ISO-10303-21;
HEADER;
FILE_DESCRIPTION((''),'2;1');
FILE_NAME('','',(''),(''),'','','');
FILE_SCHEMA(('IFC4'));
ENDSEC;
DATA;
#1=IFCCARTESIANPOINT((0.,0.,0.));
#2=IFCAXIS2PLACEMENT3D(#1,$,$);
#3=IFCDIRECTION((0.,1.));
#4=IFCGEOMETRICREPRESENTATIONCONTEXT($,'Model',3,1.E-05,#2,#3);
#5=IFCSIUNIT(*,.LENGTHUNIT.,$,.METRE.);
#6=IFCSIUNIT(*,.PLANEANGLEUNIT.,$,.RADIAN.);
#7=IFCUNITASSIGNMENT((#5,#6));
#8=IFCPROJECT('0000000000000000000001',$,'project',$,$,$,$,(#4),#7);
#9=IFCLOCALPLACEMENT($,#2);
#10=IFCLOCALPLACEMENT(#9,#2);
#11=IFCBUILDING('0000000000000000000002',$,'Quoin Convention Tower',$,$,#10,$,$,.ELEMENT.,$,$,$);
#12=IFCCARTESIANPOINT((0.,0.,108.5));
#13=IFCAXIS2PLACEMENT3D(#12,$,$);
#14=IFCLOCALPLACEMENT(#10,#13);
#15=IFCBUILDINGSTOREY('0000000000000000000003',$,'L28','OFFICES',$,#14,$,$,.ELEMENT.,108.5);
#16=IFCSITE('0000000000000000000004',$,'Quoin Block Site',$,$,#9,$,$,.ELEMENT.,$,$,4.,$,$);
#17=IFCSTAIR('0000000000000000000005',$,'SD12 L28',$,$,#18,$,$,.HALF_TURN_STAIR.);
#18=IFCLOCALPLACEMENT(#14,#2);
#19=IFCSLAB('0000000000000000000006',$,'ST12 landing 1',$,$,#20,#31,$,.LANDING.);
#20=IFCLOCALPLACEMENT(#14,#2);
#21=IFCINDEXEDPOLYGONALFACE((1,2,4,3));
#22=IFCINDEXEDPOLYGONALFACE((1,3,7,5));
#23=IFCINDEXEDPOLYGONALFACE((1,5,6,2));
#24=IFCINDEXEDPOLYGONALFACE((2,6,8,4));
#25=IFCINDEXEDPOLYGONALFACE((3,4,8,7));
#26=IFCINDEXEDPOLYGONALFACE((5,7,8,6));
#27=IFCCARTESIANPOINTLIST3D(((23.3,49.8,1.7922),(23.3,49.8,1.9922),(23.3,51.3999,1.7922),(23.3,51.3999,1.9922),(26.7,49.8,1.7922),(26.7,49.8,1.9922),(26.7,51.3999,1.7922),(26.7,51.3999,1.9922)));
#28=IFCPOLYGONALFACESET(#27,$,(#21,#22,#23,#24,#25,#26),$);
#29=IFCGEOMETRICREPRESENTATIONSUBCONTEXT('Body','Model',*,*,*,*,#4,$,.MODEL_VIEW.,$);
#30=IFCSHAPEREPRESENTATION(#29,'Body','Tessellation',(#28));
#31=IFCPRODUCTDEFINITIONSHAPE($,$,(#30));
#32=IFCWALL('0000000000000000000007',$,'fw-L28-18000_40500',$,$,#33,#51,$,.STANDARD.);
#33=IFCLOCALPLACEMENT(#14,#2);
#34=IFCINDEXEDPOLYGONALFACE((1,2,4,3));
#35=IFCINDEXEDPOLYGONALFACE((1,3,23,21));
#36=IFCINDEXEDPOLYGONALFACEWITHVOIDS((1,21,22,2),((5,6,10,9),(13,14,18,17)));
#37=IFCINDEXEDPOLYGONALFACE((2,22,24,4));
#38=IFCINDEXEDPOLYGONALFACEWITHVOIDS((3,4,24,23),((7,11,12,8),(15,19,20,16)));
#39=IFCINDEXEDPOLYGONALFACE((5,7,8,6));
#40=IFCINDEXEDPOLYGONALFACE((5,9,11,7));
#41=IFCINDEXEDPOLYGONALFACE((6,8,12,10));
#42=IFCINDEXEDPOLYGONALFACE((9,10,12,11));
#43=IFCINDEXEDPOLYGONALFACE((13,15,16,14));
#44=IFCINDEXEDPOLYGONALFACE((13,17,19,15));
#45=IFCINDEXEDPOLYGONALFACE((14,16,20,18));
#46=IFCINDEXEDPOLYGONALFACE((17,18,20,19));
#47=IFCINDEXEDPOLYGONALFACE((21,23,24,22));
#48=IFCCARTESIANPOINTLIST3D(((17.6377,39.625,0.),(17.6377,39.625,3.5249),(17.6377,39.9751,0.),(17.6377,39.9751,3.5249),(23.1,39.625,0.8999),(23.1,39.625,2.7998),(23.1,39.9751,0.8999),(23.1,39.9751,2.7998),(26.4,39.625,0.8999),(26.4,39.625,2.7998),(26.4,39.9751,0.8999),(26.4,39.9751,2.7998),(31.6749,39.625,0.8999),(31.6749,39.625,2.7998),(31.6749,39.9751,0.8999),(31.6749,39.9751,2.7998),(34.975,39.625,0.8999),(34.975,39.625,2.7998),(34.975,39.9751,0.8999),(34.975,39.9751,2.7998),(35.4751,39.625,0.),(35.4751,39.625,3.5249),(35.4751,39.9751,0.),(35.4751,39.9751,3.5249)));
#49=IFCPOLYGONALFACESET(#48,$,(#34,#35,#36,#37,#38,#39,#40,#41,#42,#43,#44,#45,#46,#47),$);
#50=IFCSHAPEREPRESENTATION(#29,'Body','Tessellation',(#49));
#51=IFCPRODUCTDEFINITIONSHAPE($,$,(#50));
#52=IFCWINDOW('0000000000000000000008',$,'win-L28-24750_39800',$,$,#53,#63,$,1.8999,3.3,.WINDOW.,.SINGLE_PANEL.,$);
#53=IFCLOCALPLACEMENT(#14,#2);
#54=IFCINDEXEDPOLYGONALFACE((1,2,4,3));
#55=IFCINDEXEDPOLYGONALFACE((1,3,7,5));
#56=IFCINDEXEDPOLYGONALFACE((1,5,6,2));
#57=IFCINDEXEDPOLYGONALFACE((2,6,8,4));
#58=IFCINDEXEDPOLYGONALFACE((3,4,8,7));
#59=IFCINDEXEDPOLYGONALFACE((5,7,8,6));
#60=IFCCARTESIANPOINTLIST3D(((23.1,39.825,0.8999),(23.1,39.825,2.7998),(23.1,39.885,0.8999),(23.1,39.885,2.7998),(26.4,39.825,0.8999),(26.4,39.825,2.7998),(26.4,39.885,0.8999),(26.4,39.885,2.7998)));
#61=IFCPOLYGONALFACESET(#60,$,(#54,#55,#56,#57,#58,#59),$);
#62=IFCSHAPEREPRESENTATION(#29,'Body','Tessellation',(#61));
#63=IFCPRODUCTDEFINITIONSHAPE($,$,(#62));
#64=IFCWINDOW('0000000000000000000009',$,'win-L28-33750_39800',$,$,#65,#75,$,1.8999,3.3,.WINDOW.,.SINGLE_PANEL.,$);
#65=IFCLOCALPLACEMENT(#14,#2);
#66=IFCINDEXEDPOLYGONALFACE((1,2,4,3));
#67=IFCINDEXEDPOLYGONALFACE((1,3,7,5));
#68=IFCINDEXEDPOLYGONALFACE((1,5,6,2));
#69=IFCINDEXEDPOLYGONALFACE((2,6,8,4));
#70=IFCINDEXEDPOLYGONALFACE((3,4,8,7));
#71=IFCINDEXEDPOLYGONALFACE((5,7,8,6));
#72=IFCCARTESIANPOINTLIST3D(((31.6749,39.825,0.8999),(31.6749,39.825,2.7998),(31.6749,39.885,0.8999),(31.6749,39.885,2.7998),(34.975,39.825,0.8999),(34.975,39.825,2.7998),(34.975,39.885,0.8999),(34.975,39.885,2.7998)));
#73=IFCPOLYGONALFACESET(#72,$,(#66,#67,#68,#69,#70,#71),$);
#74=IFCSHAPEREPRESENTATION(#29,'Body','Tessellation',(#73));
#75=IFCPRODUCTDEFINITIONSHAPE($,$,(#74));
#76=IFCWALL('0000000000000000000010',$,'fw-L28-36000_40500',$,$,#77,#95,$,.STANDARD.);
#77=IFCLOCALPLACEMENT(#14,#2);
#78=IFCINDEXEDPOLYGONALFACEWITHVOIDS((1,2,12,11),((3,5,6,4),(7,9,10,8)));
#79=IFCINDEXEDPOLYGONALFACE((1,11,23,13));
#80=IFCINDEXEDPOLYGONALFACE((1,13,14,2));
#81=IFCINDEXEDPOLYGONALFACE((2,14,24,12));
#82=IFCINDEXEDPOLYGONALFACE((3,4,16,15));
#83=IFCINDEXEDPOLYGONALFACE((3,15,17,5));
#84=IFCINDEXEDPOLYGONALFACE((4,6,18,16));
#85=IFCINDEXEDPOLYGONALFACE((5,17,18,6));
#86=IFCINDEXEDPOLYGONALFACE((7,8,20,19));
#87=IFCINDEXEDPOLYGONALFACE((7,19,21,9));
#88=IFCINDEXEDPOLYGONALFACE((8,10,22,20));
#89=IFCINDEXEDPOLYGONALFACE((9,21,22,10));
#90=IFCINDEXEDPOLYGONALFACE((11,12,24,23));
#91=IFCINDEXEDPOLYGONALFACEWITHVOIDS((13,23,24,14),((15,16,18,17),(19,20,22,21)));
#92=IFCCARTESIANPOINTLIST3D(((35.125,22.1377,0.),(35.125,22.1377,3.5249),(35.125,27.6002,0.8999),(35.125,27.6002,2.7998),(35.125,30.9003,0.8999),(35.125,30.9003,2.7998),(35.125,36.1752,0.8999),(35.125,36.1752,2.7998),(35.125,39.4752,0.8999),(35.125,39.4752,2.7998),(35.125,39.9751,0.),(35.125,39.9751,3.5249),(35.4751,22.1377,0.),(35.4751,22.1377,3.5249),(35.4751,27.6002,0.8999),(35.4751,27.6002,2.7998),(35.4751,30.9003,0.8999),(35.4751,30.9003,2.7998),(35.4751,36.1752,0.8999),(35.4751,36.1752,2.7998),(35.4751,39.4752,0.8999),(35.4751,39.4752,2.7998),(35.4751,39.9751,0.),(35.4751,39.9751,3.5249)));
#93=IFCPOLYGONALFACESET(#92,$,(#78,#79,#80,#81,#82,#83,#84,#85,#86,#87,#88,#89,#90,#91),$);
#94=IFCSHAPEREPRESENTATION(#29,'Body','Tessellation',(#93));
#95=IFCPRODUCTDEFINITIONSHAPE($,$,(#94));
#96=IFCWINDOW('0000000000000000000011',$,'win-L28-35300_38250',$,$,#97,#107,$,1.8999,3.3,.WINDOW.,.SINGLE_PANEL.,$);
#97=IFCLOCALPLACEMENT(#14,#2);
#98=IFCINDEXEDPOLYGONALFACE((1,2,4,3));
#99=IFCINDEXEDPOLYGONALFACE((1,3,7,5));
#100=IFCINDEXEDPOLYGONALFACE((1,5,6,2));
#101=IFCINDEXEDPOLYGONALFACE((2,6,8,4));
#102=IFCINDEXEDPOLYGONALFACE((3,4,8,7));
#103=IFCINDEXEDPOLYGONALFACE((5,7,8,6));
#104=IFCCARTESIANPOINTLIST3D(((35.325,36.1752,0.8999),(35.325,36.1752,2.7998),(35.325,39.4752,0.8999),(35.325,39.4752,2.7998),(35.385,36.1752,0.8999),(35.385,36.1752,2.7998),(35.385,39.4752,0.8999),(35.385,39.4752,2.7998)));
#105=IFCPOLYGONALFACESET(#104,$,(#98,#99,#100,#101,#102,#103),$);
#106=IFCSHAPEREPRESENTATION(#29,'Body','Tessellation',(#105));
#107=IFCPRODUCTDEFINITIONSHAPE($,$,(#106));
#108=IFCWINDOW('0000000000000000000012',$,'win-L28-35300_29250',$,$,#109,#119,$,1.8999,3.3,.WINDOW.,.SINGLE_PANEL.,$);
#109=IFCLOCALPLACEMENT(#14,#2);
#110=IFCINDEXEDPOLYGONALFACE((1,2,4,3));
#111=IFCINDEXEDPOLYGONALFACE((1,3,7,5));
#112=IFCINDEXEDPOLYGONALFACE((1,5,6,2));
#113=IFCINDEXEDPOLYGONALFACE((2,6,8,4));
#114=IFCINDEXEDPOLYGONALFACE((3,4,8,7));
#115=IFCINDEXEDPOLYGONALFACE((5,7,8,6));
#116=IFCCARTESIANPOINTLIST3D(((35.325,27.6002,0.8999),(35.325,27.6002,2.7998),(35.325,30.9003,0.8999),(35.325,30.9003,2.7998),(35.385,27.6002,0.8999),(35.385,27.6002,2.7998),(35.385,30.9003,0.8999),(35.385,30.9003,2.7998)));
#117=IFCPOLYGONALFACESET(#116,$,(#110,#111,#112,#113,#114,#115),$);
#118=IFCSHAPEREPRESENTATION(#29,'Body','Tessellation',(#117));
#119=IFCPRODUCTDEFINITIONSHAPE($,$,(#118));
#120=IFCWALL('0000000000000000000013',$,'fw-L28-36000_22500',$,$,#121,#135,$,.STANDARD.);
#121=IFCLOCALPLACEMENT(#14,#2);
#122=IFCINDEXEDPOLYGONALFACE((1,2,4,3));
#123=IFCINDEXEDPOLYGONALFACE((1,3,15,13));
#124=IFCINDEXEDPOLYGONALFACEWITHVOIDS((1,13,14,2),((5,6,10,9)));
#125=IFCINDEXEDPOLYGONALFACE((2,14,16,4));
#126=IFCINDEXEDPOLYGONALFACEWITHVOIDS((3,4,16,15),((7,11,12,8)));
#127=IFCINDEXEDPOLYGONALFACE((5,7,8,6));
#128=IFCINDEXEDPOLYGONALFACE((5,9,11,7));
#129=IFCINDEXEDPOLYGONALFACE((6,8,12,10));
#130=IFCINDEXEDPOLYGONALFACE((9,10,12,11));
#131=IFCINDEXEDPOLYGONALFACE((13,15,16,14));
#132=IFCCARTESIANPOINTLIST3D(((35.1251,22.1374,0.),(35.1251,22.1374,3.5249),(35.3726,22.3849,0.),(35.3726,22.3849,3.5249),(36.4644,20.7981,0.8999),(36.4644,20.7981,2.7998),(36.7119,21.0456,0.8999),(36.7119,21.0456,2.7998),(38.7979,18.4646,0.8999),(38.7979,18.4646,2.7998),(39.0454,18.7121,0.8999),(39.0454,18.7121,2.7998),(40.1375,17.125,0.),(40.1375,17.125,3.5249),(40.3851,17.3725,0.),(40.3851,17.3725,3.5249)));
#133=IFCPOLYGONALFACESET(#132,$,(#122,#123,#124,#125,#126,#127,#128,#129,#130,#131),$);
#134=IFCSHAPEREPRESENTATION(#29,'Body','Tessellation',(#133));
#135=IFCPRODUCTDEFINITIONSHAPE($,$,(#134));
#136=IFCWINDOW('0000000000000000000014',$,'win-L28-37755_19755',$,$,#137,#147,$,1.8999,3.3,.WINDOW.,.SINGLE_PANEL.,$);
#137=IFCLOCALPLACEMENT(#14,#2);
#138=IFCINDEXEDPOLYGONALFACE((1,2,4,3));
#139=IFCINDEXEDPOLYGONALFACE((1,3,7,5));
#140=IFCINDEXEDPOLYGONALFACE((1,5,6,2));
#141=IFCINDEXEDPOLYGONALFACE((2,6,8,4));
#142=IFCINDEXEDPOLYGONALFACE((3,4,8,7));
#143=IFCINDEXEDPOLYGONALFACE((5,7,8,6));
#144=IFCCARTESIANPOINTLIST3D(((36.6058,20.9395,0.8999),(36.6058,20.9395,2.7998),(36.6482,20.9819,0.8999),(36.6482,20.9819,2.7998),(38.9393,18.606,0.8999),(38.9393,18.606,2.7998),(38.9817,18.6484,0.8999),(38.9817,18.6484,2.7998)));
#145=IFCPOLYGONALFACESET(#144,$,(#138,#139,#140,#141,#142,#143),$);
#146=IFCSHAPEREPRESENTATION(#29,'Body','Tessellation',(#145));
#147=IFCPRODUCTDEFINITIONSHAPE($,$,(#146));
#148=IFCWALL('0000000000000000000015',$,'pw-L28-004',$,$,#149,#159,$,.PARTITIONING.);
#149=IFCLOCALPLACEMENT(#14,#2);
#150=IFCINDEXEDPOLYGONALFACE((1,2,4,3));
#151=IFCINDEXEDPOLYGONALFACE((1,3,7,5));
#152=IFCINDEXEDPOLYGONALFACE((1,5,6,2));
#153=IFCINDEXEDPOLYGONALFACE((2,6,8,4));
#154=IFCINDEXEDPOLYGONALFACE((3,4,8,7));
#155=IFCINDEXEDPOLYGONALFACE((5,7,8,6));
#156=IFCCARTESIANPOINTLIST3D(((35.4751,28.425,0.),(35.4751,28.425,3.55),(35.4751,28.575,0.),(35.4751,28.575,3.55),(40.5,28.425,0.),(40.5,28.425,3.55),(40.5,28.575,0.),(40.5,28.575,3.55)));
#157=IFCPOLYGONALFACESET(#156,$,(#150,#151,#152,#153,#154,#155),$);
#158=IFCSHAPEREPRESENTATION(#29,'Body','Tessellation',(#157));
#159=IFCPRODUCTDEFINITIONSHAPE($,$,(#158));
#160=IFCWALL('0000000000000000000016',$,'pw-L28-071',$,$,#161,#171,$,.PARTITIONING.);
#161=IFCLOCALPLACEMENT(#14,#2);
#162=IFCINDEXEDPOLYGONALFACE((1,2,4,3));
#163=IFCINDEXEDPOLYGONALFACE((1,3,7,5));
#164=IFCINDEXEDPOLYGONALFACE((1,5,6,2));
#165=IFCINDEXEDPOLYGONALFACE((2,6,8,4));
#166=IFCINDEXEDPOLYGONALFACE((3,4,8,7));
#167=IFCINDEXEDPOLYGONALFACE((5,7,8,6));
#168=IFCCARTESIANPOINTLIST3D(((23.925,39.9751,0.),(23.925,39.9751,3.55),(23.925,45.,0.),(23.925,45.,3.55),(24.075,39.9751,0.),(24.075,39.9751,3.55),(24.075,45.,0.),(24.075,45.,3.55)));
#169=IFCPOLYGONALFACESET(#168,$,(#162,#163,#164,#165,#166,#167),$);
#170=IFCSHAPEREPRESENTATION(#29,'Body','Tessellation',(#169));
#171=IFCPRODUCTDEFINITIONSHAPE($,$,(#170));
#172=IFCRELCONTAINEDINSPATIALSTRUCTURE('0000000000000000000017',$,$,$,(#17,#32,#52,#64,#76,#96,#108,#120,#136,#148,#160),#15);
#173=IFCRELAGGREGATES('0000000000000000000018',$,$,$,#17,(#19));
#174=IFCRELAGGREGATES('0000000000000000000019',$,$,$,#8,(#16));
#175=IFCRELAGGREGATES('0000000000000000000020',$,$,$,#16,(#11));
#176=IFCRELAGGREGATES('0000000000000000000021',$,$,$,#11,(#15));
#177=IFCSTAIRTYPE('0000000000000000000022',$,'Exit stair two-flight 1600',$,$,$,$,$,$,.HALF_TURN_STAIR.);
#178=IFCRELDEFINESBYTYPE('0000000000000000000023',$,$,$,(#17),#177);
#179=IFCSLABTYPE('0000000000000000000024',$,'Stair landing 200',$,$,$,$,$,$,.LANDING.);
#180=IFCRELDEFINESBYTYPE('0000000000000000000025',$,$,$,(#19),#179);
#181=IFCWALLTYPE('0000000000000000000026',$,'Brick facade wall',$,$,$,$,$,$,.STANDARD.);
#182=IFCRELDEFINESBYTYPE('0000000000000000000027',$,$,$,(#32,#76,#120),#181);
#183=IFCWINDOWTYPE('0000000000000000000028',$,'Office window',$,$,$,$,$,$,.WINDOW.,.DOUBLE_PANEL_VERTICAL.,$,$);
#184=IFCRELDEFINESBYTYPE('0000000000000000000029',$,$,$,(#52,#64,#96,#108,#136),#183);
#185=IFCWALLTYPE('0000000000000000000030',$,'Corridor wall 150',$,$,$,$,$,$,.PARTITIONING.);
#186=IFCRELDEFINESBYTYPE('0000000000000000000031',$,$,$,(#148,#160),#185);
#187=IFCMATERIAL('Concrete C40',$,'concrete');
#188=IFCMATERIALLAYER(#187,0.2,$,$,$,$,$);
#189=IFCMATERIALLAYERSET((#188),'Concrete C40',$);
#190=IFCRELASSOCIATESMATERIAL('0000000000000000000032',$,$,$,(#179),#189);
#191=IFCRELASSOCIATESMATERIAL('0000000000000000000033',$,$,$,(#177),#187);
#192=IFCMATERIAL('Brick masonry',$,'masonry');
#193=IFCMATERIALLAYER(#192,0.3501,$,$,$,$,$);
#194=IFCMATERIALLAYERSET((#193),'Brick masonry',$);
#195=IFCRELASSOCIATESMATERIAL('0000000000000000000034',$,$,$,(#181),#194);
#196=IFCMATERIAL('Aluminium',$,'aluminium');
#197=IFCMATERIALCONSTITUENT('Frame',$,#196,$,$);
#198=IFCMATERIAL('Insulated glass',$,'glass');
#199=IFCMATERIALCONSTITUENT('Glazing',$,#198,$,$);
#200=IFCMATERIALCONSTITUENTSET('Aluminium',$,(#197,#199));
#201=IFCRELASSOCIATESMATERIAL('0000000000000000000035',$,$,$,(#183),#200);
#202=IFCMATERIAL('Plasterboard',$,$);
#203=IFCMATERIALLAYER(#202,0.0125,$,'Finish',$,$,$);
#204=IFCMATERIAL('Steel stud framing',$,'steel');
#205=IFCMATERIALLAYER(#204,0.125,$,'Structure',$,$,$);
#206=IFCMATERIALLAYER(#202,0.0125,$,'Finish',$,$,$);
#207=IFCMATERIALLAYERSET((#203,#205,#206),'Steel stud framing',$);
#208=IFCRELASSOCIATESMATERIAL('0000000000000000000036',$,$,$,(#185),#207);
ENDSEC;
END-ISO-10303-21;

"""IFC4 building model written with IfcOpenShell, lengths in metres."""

from ifc_helpers import new_model, si_unit, direction, frame, frame_2d, origin, place, context, subcontext, project, spatial, polyline, rectangle, outline, extrude, material, layer, layer_set, constituent, constituent_set, type_object, element, fill, aggregate, save


model = new_model("IFC4")

# Units and contexts
model_context = context("Model", 3, precision=1e-05, world=origin(), true_north=direction((0.0, 1.0)))
body_context = subcontext(model_context, "Body", "Model", "MODEL_VIEW")
ifc_project = project(units=[si_unit("LENGTHUNIT", "METRE"), si_unit("PLANEANGLEUNIT", "RADIAN")], contexts=[model_context])

# Site, building, storey
site_placement = place(None, origin())
site = spatial("IfcSite", under=ifc_project, at=site_placement, Name="Quoin Block Site", CompositionType="ELEMENT", RefElevation=4.0)
building_placement = place(site_placement, origin())
building = spatial("IfcBuilding", under=site, at=building_placement, Name="Quoin Convention Tower", CompositionType="ELEMENT")
storey_placement = place(building_placement, frame((0.0, 0.0, 108.5)))
storey = spatial("IfcBuildingStorey", under=building, at=storey_placement, Name="L28", Description="OFFICES", CompositionType="ELEMENT", Elevation=108.5)

# Shared definitions
ifc_material_1 = material(Name="Concrete C40", Category="concrete")

# Stair, slab
ifc_layer_1 = layer(ifc_material_1, 0.2)
ifc_layer_set_1 = layer_set([ifc_layer_1], Name="Concrete C40")
slab_type_1 = type_object("IfcSlabType", Name="Stair landing 200", PredefinedType="LANDING", material=ifc_layer_set_1)
stair_type_1 = type_object("IfcStairType", Name="Exit stair two-flight 1600", PredefinedType="HALF_TURN_STAIR", material=ifc_material_1)
stair_1_placement = place(storey_placement, origin())
stair_1 = element("IfcStair", 1, at=stair_1_placement, inside=storey, type_object=stair_type_1, Name="SD12 L28", PredefinedType="HALF_TURN_STAIR")
slab_1_placement = place(storey_placement, frame((0.0, 0.0, 1.7922)))
slab_1 = element("IfcSlab", 2, at=slab_1_placement, type_object=slab_type_1, Name="ST12 landing 1", PredefinedType="LANDING", context=body_context, shape_type="SweptSolid", body=[
    extrude(outline(polyline([(26.7, 51.3999), (23.3, 51.3999), (23.3, 49.8), (26.7, 49.8), (26.7, 51.3999)])), origin(), (0.0, 0.0, 1.0), 0.2),
])
aggregate(stair_1, [slab_1])

# Walls, openings, windows
ifc_material_2 = material(Name="Brick masonry", Category="masonry")
ifc_layer_2 = layer(ifc_material_2, 0.3501)
ifc_layer_set_2 = layer_set([ifc_layer_2], Name="Brick masonry")
wall_type_1 = type_object("IfcWallType", Name="Brick facade wall", PredefinedType="STANDARD", material=ifc_layer_set_2)
wall_1_placement = place(storey_placement, frame((17.6377, 39.8, 0.0), z_axis=(0.0, 0.0, 1.0), x_axis=(1.0, 0.0, 0.0)))
wall_1 = element("IfcWall", 3, at=wall_1_placement, inside=storey, type_object=wall_type_1, Name="fw-L28-18000_40500", PredefinedType="STANDARD", context=body_context, shape_type="SweptSolid", body=[
    extrude(rectangle(XDim=17.8374, YDim=0.3501, at=frame_2d((8.9187, 0.0))), origin(), (0.0, 0.0, 1.0), 3.5249),
])
opening_1_placement = place(wall_1_placement, frame((5.4624, 0.0, 0.8999)))
opening_1 = element("IfcOpeningElement", 4, at=opening_1_placement, cuts=wall_1, PredefinedType="OPENING", context=body_context, shape_type="SweptSolid", body=[
    extrude(rectangle(XDim=3.3, YDim=1.8999, at=frame_2d((1.6499, 0.95))), frame((0.0, 0.1851, 0.0), z_axis=(0.0, -1.0, 0.0), x_axis=(1.0, 0.0, 0.0)), (0.0, 0.0, 1.0), 0.3701),
])
opening_2_placement = place(wall_1_placement, frame((14.0374, 0.0, 0.8999)))
opening_2 = element("IfcOpeningElement", 5, at=opening_2_placement, cuts=wall_1, PredefinedType="OPENING", context=body_context, shape_type="SweptSolid", body=[
    extrude(rectangle(XDim=3.3, YDim=1.8999, at=frame_2d((1.6499, 0.95))), frame((0.0, 0.1851, 0.0), z_axis=(0.0, -1.0, 0.0), x_axis=(1.0, 0.0, 0.0)), (0.0, 0.0, 1.0), 0.3701),
])
ifc_material_3 = material(Name="Aluminium", Category="aluminium")
ifc_constituent_1 = constituent(ifc_material_3, Name="Frame")
ifc_material_4 = material(Name="Insulated glass", Category="glass")
ifc_constituent_2 = constituent(ifc_material_4, Name="Glazing")
ifc_constituent_set = constituent_set(constituents=[ifc_constituent_1, ifc_constituent_2], Name="Aluminium")
window_type = type_object("IfcWindowType", Name="Office window", PartitioningType="DOUBLE_PANEL_VERTICAL", PredefinedType="WINDOW", material=ifc_constituent_set)
window_1_placement = place(opening_1_placement, origin())
window_1 = element("IfcWindow", 6, at=window_1_placement, inside=storey, type_object=window_type, Name="win-L28-24750_39800", OverallHeight=1.8999, OverallWidth=3.3, PartitioningType="SINGLE_PANEL", PredefinedType="WINDOW", context=body_context, shape_type="SweptSolid", body=[
    extrude(rectangle(XDim=3.3, YDim=1.8999, at=frame_2d((1.6499, 0.95))), frame((0.0, 0.085, 0.0), z_axis=(0.0, -1.0, 0.0), x_axis=(1.0, 0.0, 0.0)), (0.0, 0.0, 1.0), 0.0601),
])
fill(opening_1, window_1)
window_2_placement = place(opening_2_placement, origin())
window_2 = element("IfcWindow", 7, at=window_2_placement, inside=storey, type_object=window_type, Name="win-L28-33750_39800", OverallHeight=1.8999, OverallWidth=3.3, PartitioningType="SINGLE_PANEL", PredefinedType="WINDOW", context=body_context, shape_type="SweptSolid", body=[
    extrude(rectangle(XDim=3.3, YDim=1.8999, at=frame_2d((1.6499, 0.95))), frame((0.0, 0.085, 0.0), z_axis=(0.0, -1.0, 0.0), x_axis=(1.0, 0.0, 0.0)), (0.0, 0.0, 1.0), 0.0601),
])
fill(opening_2, window_2)
wall_2_placement = place(storey_placement, frame((35.3, 39.9751, 0.0), z_axis=(0.0, 0.0, 1.0), x_axis=(0.0, -1.0, 0.0)))
wall_2 = element("IfcWall", 8, at=wall_2_placement, inside=storey, type_object=wall_type_1, Name="fw-L28-36000_40500", PredefinedType="STANDARD", context=body_context, shape_type="SweptSolid", body=[
    extrude(rectangle(XDim=17.8374, YDim=0.3501, at=frame_2d((8.9187, 0.0))), origin(), (0.0, 0.0, 1.0), 3.5249),
])
opening_3_placement = place(wall_2_placement, frame((0.5, 0.0, 0.8999)))
opening_3 = element("IfcOpeningElement", 9, at=opening_3_placement, cuts=wall_2, PredefinedType="OPENING", context=body_context, shape_type="SweptSolid", body=[
    extrude(rectangle(XDim=3.3, YDim=1.8999, at=frame_2d((1.6499, 0.95))), frame((0.0, 0.1851, 0.0), z_axis=(0.0, -1.0, 0.0), x_axis=(1.0, 0.0, 0.0)), (0.0, 0.0, 1.0), 0.3701),
])
opening_4_placement = place(wall_2_placement, frame((9.075, 0.0, 0.8999)))
opening_4 = element("IfcOpeningElement", 10, at=opening_4_placement, cuts=wall_2, PredefinedType="OPENING", context=body_context, shape_type="SweptSolid", body=[
    extrude(rectangle(XDim=3.3, YDim=1.8999, at=frame_2d((1.6499, 0.95))), frame((0.0, 0.1851, 0.0), z_axis=(0.0, -1.0, 0.0), x_axis=(1.0, 0.0, 0.0)), (0.0, 0.0, 1.0), 0.3701),
])
window_3_placement = place(opening_3_placement, origin())
window_3 = element("IfcWindow", 11, at=window_3_placement, inside=storey, type_object=window_type, Name="win-L28-35300_38250", OverallHeight=1.8999, OverallWidth=3.3, PartitioningType="SINGLE_PANEL", PredefinedType="WINDOW", context=body_context, shape_type="SweptSolid", body=[
    extrude(rectangle(XDim=3.3, YDim=1.8999, at=frame_2d((1.6499, 0.95))), frame((0.0, 0.085, 0.0), z_axis=(0.0, -1.0, 0.0), x_axis=(1.0, 0.0, 0.0)), (0.0, 0.0, 1.0), 0.0601),
])
fill(opening_3, window_3)
window_4_placement = place(opening_4_placement, origin())
window_4 = element("IfcWindow", 12, at=window_4_placement, inside=storey, type_object=window_type, Name="win-L28-35300_29250", OverallHeight=1.8999, OverallWidth=3.3, PartitioningType="SINGLE_PANEL", PredefinedType="WINDOW", context=body_context, shape_type="SweptSolid", body=[
    extrude(rectangle(XDim=3.3, YDim=1.8999, at=frame_2d((1.6499, 0.95))), frame((0.0, 0.085, 0.0), z_axis=(0.0, -1.0, 0.0), x_axis=(1.0, 0.0, 0.0)), (0.0, 0.0, 1.0), 0.0601),
])
fill(opening_4, window_4)

# Wall, opening, window
wall_3_placement = place(storey_placement, frame((35.2488, 22.2612, 0.0), z_axis=(0.0, 0.0, 1.0), x_axis=(0.707107, -0.707107, 0.0)))
wall_3 = element("IfcWall", 13, at=wall_3_placement, inside=storey, type_object=wall_type_1, Name="fw-L28-36000_22500", PredefinedType="STANDARD", context=body_context, shape_type="SweptSolid", body=[
    extrude(rectangle(XDim=7.0886, YDim=0.3501, at=frame_2d((3.5444, 0.0))), origin(), (0.0, 0.0, 1.0), 3.5249),
])
opening_5_placement = place(wall_3_placement, frame((1.8943, 0.0, 0.8999)))
opening_5 = element("IfcOpeningElement", 14, at=opening_5_placement, cuts=wall_3, PredefinedType="OPENING", context=body_context, shape_type="SweptSolid", body=[
    extrude(rectangle(XDim=3.3, YDim=1.8999, at=frame_2d((1.6499, 0.95))), frame((0.0, 0.1851, 0.0), z_axis=(0.0, -1.0, 0.0), x_axis=(1.0, 0.0, 0.0)), (0.0, 0.0, 1.0), 0.3701),
])
window_5_placement = place(opening_5_placement, origin())
window_5 = element("IfcWindow", 15, at=window_5_placement, inside=storey, type_object=window_type, Name="win-L28-37755_19755", OverallHeight=1.8999, OverallWidth=3.3, PartitioningType="SINGLE_PANEL", PredefinedType="WINDOW", context=body_context, shape_type="SweptSolid", body=[
    extrude(rectangle(XDim=3.3, YDim=1.8999, at=frame_2d((1.6499, 0.95))), frame((0.0, 0.085, 0.0), z_axis=(0.0, -1.0, 0.0), x_axis=(1.0, 0.0, 0.0)), (0.0, 0.0, 1.0), 0.0601),
])
fill(opening_5, window_5)

# Walls
ifc_material_5 = material(Name="Plasterboard")
ifc_layer_3 = layer(ifc_material_5, 0.0125, Name="Finish")
ifc_material_6 = material(Name="Steel stud framing", Category="steel")
ifc_layer_4 = layer(ifc_material_6, 0.125, Name="Structure")
ifc_layer_5 = layer(ifc_material_5, 0.0125, Name="Finish")
ifc_layer_set_3 = layer_set([ifc_layer_3, ifc_layer_4, ifc_layer_5], Name="Steel stud framing")
wall_type_2 = type_object("IfcWallType", Name="Corridor wall 150", PredefinedType="PARTITIONING", material=ifc_layer_set_3)
for number, where, z_axis, x_axis, name in (
    (16, (35.4751, 28.5, 0.0), (0.0, 0.0, 1.0), (1.0, 0.0, 0.0), "pw-L28-004"),
    (17, (24.0, 39.9751, 0.0), (0.0, 0.0, 1.0), (0.0, 1.0, 0.0), "pw-L28-071"),
):
    element("IfcWall", number, at=place(storey_placement, frame(where, z_axis=z_axis, x_axis=x_axis)), inside=storey, type_object=wall_type_2, Name=name, PredefinedType="PARTITIONING", context=body_context, shape_type="SweptSolid", body=[
        extrude(rectangle(XDim=5.0249, YDim=0.1499, at=frame_2d((2.5125, 0.0))), origin(), (0.0, 0.0, 1.0), 3.55),
    ])

save(model, "model.ifc")
